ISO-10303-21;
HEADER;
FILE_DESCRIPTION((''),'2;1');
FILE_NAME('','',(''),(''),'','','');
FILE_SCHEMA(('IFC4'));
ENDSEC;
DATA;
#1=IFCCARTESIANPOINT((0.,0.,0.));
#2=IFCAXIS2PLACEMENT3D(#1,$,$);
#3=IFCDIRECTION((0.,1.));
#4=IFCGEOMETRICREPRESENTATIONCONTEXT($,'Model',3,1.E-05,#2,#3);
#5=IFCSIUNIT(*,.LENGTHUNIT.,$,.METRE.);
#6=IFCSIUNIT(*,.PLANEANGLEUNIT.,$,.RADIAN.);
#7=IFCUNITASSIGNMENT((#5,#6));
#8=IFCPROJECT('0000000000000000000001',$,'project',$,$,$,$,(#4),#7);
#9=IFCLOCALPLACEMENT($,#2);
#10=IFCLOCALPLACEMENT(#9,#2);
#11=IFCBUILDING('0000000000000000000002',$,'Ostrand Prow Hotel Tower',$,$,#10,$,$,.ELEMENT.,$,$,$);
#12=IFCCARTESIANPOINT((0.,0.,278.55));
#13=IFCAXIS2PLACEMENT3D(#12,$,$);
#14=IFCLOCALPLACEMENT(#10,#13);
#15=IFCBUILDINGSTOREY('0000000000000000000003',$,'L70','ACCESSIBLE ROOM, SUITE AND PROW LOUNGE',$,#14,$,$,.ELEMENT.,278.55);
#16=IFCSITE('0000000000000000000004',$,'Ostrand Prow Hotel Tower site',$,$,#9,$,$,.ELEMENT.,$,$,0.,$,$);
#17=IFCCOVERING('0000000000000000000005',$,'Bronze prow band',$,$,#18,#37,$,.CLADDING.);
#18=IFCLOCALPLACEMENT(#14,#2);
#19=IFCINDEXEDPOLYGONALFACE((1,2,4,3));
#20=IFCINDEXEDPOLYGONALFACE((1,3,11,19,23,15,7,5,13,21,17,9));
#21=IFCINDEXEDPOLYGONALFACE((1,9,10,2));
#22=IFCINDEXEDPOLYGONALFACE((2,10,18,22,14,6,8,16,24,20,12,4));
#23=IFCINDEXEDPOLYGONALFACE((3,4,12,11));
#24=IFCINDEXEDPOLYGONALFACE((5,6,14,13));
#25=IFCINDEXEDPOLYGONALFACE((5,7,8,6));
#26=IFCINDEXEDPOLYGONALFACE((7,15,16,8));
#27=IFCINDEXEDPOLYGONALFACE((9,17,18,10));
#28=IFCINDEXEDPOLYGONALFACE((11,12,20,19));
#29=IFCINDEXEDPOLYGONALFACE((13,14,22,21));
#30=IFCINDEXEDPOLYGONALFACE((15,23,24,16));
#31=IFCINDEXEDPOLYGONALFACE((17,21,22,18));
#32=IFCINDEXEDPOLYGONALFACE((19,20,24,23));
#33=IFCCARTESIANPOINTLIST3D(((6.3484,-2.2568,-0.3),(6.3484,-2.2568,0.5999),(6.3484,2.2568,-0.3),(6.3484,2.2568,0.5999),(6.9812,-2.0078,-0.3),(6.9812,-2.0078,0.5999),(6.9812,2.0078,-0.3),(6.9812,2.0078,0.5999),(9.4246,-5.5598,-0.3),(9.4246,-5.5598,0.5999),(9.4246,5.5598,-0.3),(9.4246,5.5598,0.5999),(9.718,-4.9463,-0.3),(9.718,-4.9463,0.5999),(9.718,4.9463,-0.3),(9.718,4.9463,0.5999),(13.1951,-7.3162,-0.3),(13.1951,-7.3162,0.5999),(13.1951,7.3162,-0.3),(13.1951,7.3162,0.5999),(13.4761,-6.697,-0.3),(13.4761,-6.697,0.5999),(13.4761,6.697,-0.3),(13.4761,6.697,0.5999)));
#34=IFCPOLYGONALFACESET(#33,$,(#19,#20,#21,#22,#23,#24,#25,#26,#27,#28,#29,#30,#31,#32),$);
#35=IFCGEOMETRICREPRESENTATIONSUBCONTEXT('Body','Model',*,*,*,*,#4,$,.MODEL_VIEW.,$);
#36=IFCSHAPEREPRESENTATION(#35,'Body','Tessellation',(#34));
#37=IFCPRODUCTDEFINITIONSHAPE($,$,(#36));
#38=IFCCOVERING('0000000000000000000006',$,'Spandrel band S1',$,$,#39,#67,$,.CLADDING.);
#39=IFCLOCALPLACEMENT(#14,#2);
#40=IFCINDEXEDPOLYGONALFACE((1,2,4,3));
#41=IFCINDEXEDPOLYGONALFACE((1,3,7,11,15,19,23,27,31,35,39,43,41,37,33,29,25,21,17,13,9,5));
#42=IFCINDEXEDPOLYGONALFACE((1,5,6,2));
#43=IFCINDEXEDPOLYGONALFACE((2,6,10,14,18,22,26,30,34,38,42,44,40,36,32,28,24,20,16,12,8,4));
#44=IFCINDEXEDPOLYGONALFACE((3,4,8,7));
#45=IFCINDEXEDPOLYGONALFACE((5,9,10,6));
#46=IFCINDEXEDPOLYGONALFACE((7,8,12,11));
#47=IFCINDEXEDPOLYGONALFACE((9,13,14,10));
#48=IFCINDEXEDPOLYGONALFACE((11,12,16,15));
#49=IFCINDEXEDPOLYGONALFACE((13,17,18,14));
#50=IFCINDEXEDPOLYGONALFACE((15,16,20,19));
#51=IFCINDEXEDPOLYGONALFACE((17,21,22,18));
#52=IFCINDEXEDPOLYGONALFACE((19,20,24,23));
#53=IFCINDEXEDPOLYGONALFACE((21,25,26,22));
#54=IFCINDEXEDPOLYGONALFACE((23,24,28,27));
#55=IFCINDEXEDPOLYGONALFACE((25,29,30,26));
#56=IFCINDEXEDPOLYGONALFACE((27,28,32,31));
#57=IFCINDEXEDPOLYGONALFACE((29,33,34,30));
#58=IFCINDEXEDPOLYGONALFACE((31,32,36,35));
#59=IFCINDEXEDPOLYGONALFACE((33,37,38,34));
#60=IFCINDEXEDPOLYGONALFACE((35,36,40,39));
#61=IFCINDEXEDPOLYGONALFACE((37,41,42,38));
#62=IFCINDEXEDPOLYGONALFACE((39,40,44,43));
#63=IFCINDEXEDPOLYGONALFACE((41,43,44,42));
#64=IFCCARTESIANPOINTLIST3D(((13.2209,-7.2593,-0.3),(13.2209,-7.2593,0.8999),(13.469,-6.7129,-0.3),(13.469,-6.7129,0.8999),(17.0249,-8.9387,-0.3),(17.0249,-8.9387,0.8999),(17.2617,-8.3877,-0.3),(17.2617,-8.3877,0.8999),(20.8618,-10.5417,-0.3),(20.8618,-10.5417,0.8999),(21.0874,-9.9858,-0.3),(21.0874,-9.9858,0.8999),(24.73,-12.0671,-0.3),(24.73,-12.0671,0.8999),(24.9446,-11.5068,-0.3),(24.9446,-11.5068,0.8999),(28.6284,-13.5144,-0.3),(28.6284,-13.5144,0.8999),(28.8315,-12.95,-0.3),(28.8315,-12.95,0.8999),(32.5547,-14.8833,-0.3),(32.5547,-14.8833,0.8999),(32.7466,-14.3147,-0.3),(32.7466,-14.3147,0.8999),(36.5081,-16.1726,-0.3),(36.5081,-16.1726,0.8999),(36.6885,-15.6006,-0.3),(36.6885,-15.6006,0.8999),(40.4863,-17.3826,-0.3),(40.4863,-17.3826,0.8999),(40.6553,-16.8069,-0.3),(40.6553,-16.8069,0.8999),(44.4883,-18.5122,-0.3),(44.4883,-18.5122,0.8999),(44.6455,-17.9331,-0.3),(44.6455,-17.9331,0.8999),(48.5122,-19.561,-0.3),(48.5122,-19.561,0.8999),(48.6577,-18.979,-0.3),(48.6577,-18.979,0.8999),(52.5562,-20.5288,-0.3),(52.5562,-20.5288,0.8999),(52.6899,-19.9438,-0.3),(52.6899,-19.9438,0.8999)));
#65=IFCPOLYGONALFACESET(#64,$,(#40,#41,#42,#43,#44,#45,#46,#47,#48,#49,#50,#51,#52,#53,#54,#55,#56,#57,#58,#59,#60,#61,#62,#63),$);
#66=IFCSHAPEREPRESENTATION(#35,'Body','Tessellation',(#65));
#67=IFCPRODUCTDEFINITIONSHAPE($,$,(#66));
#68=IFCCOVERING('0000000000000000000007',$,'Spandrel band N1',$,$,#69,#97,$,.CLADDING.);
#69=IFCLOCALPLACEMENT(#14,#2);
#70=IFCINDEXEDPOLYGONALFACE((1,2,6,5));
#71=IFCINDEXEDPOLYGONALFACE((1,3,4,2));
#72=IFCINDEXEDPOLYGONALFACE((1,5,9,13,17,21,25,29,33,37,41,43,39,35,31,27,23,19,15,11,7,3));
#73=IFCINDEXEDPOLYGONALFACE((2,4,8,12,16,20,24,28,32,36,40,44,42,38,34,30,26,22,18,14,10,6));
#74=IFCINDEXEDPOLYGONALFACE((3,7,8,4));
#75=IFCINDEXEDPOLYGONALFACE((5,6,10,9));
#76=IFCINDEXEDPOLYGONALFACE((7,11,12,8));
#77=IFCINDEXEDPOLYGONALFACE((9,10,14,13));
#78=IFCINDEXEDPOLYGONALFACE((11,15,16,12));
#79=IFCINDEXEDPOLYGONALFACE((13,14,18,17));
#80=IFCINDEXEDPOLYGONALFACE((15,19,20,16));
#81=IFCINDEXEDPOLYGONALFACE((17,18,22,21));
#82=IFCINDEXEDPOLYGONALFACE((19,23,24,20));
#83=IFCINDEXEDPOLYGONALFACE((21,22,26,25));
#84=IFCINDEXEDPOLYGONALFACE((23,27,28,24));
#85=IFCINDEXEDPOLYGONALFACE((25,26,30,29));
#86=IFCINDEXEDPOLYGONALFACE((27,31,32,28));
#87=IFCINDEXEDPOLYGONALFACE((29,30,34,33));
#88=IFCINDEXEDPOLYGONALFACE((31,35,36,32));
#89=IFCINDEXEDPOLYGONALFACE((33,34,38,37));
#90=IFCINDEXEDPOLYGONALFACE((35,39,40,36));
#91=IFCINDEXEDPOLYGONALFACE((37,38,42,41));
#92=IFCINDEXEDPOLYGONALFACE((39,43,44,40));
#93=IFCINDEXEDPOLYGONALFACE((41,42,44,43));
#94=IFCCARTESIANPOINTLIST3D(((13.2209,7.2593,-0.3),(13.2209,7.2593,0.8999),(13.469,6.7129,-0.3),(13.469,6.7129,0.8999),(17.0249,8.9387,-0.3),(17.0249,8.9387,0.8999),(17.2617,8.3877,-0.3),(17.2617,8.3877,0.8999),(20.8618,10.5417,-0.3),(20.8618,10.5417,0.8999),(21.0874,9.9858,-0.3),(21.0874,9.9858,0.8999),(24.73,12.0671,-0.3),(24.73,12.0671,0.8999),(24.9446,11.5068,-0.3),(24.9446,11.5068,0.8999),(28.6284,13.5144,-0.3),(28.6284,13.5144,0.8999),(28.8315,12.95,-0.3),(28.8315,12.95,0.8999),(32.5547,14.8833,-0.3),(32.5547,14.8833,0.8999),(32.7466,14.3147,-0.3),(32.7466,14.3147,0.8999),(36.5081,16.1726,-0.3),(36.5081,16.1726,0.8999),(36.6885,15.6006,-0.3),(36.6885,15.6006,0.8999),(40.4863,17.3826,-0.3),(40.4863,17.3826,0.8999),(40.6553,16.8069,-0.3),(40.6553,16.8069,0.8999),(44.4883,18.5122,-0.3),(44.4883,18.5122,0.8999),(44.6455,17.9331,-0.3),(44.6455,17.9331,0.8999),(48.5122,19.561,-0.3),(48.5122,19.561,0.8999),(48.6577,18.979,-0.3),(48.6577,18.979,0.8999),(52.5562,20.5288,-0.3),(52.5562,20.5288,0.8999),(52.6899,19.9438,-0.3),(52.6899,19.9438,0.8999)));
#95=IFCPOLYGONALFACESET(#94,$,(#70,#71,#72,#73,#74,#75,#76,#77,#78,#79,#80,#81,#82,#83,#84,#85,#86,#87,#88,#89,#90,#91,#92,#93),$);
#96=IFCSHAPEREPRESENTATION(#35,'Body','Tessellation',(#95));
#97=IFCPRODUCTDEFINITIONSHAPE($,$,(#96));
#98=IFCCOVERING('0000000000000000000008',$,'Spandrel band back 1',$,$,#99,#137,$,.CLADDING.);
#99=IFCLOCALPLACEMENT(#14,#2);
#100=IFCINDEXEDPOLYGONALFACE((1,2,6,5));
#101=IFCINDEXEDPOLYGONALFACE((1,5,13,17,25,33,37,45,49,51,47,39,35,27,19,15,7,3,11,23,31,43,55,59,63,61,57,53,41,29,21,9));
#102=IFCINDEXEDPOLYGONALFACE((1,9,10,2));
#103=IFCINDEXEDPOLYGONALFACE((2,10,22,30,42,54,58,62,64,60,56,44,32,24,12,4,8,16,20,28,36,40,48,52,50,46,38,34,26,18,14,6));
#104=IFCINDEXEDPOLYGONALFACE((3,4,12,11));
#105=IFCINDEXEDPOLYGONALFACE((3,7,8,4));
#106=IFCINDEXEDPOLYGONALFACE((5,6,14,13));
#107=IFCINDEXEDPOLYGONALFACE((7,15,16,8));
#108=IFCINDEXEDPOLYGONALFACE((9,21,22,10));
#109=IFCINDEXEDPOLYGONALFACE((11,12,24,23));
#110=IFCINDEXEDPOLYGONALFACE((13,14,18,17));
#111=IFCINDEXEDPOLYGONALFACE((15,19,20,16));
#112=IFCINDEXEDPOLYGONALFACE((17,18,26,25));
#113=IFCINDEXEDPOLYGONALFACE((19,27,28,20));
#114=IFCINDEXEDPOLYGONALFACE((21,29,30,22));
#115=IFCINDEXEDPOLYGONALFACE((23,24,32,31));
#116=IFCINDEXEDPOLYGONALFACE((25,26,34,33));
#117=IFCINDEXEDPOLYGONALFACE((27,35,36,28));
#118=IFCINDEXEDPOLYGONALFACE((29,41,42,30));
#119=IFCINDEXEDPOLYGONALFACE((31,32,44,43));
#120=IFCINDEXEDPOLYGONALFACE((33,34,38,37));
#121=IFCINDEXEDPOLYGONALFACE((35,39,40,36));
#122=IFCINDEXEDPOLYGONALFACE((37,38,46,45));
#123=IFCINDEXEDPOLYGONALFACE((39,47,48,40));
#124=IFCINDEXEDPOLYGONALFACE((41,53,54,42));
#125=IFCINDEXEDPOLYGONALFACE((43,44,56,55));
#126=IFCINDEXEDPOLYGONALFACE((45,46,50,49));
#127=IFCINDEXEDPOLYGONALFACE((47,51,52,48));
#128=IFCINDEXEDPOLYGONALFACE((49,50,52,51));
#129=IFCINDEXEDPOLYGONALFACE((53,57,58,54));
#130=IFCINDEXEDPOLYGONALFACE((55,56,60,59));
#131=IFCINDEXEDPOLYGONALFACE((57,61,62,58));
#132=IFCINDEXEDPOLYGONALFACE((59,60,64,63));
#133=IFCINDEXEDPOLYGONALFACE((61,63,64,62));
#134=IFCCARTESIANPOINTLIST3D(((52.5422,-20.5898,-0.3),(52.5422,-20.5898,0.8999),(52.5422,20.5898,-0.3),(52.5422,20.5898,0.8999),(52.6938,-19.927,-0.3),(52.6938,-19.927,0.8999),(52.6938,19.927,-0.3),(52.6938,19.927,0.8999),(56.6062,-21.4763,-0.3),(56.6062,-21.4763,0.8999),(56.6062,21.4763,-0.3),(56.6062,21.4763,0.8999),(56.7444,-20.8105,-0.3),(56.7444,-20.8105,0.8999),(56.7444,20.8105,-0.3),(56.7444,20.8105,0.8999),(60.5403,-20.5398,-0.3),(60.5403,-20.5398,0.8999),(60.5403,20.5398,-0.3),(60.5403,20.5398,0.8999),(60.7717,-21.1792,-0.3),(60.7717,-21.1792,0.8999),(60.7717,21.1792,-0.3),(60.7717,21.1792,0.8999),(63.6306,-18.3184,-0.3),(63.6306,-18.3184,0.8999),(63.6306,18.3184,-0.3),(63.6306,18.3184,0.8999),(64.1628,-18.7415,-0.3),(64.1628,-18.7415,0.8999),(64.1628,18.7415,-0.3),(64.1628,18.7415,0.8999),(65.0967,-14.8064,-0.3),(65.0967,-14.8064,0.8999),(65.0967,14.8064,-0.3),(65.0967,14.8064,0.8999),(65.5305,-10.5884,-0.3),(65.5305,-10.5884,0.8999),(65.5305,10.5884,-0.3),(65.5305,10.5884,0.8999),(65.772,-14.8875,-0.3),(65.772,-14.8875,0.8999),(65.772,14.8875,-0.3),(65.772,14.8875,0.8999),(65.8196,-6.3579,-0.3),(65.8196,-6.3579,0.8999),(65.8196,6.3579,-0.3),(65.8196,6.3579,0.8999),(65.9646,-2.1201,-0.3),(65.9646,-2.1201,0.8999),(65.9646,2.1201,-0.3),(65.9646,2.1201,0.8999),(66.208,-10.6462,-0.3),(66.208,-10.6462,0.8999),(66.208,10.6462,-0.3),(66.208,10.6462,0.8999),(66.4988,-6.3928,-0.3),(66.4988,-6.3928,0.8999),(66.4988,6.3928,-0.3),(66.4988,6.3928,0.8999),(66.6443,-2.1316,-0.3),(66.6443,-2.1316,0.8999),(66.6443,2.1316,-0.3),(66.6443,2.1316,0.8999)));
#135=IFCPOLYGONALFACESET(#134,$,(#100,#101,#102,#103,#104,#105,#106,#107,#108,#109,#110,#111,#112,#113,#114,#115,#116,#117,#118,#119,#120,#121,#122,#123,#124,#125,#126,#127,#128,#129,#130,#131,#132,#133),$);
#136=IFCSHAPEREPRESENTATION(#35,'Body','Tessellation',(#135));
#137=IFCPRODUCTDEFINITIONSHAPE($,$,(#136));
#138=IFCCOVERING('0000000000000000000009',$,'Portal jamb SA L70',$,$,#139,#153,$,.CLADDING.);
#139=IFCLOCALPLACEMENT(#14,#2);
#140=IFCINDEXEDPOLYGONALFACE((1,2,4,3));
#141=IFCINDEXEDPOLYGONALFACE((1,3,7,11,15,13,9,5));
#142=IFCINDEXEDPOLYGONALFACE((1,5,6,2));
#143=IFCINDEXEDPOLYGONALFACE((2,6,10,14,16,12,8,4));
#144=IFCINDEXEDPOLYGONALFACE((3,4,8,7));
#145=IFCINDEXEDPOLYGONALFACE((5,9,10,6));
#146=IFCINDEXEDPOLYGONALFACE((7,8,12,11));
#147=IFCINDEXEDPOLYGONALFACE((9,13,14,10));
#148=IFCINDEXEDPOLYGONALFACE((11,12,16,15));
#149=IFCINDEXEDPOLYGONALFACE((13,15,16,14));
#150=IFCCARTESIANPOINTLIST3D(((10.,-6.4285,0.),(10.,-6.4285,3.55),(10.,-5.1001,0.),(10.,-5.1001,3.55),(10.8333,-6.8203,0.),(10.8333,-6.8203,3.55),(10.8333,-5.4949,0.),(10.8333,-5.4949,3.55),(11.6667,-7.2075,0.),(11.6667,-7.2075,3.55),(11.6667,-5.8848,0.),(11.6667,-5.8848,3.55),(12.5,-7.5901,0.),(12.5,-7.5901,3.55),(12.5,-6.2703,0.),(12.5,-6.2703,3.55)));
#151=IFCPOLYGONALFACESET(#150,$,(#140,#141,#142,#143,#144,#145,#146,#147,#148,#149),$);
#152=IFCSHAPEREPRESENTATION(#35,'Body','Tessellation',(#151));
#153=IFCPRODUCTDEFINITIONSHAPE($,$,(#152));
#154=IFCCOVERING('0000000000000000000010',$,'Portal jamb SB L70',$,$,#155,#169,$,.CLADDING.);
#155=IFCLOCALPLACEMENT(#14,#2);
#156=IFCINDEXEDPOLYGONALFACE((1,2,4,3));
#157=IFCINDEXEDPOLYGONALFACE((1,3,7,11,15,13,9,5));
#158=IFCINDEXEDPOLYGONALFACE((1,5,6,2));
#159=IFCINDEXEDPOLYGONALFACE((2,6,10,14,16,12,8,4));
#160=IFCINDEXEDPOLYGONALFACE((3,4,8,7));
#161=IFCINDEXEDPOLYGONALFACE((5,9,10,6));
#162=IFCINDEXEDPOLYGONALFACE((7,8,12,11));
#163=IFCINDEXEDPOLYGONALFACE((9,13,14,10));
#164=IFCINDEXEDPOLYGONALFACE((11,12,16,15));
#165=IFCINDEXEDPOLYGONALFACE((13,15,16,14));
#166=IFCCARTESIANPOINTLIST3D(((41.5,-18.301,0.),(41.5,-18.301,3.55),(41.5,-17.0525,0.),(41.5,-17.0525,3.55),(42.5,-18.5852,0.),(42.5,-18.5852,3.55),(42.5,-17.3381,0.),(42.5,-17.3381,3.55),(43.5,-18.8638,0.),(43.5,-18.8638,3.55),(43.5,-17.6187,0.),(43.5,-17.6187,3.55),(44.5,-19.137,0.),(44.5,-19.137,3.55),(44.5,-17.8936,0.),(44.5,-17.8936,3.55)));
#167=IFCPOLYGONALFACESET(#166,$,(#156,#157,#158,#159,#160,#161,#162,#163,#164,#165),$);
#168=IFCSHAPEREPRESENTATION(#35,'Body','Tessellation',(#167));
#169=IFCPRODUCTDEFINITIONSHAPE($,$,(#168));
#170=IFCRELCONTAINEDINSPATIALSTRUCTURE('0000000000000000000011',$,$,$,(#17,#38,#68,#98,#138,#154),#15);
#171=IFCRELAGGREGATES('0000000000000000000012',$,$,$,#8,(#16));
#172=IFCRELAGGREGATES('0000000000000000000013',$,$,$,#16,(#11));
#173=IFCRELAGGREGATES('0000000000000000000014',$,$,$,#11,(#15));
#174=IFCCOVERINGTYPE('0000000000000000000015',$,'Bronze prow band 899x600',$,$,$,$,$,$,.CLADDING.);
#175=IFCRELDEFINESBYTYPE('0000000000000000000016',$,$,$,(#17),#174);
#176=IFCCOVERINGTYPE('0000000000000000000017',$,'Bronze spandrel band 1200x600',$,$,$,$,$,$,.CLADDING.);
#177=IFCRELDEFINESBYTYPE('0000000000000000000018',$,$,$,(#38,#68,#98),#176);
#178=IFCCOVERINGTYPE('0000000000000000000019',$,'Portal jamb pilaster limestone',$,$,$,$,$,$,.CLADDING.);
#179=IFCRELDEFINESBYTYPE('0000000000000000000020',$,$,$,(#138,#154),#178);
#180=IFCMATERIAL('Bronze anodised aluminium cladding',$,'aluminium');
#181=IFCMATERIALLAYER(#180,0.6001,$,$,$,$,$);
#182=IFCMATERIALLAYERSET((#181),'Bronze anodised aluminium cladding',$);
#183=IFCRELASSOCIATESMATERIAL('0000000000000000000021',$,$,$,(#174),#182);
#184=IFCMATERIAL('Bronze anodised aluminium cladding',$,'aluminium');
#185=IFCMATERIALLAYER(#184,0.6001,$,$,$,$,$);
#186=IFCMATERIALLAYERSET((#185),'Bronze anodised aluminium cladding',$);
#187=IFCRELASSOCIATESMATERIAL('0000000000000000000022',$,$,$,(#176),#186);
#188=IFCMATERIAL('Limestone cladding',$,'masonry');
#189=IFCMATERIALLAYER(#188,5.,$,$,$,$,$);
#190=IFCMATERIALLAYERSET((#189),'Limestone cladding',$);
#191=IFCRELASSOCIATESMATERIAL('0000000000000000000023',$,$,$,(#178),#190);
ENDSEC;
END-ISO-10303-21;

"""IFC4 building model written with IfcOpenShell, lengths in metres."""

from ifc_helpers import new_model, si_unit, direction, frame, origin, place, context, subcontext, project, spatial, polyline, outline, extrude, material, layer, layer_set, type_object, element, save


model = new_model("IFC4")

# Units and contexts
model_context = context("Model", 3, precision=1e-05, world=origin(), true_north=direction((0.0, 1.0)))
body_context = subcontext(model_context, "Body", "Model", "MODEL_VIEW")
ifc_project = project(units=[si_unit("LENGTHUNIT", "METRE"), si_unit("PLANEANGLEUNIT", "RADIAN")], contexts=[model_context])

# Site, building, storey
site_placement = place(None, origin())
site = spatial("IfcSite", under=ifc_project, at=site_placement, Name="Ostrand Prow Hotel Tower site", CompositionType="ELEMENT", RefElevation=0.0)
building_placement = place(site_placement, origin())
building = spatial("IfcBuilding", under=site, at=building_placement, Name="Ostrand Prow Hotel Tower", CompositionType="ELEMENT")
storey_placement = place(building_placement, frame((0.0, 0.0, 278.55)))
storey = spatial("IfcBuildingStorey", under=building, at=storey_placement, Name="L70", Description="ACCESSIBLE ROOM, SUITE AND PROW LOUNGE", CompositionType="ELEMENT", Elevation=278.55)

# Coverings
ifc_material_1 = material(Name="Bronze anodised aluminium cladding", Category="aluminium")
ifc_layer_1 = layer(ifc_material_1, 0.6001)
ifc_layer_set_1 = layer_set([ifc_layer_1], Name="Bronze anodised aluminium cladding")
covering_type_1 = type_object("IfcCoveringType", Name="Bronze prow band 899x600", PredefinedType="CLADDING", material=ifc_layer_set_1)
covering_1_placement = place(storey_placement, frame((0.0, 0.0, -0.3)))
element("IfcCovering", 1, at=covering_1_placement, inside=storey, type_object=covering_type_1, Name="Bronze prow band", PredefinedType="CLADDING", context=body_context, shape_type="SweptSolid", body=[
    extrude(outline(polyline([(13.1951, 7.3162), (9.4246, 5.5598), (6.3484, 2.2568), (6.3484, -2.2568), (9.4246, -5.5598), (13.1951, -7.3162), (13.4761, -6.697), (9.718, -4.9463), (6.9812, -2.0078), (6.9812, 2.0078), (9.718, 4.9463), (13.4761, 6.697), (13.1951, 7.3162)])), origin(), (0.0, 0.0, 1.0), 0.8999),
])
ifc_material_2 = material(Name="Bronze anodised aluminium cladding", Category="aluminium")
ifc_layer_2 = layer(ifc_material_2, 0.6001)
ifc_layer_set_2 = layer_set([ifc_layer_2], Name="Bronze anodised aluminium cladding")
covering_type_2 = type_object("IfcCoveringType", Name="Bronze spandrel band 1200x600", PredefinedType="CLADDING", material=ifc_layer_set_2)
covering_2_placement = place(storey_placement, frame((0.0, 0.0, -0.3)))
element("IfcCovering", 2, at=covering_2_placement, inside=storey, type_object=covering_type_2, Name="Spandrel band S1", PredefinedType="CLADDING", context=body_context, shape_type="SweptSolid", body=[
    extrude(outline(polyline([(13.2209, -7.2593), (17.0249, -8.9387), (20.8618, -10.5417), (24.73, -12.0671), (28.6284, -13.5144), (32.5547, -14.8833), (36.5081, -16.1726), (40.4863, -17.3826), (44.4883, -18.5122), (48.5122, -19.561), (52.5562, -20.5288), (52.6899, -19.9438), (48.6577, -18.979), (44.6455, -17.9331), (40.6553, -16.8069), (36.6885, -15.6006), (32.7466, -14.3147), (28.8315, -12.95), (24.9446, -11.5068), (21.0874, -9.9858), (17.2617, -8.3877), (13.469, -6.7129), (13.2209, -7.2593)])), origin(), (0.0, 0.0, 1.0), 1.2),
])
covering_3_placement = place(storey_placement, frame((0.0, 0.0, -0.3)))
element("IfcCovering", 3, at=covering_3_placement, inside=storey, type_object=covering_type_2, Name="Spandrel band N1", PredefinedType="CLADDING", context=body_context, shape_type="SweptSolid", body=[
    extrude(outline(polyline([(52.5562, 20.5288), (48.5122, 19.561), (44.4883, 18.5122), (40.4863, 17.3826), (36.5081, 16.1726), (32.5547, 14.8833), (28.6284, 13.5144), (24.73, 12.0671), (20.8618, 10.5417), (17.0249, 8.9387), (13.2209, 7.2593), (13.469, 6.7129), (17.2617, 8.3877), (21.0874, 9.9858), (24.9446, 11.5068), (28.8315, 12.95), (32.7466, 14.3147), (36.6885, 15.6006), (40.6553, 16.8069), (44.6455, 17.9331), (48.6577, 18.979), (52.6899, 19.9438), (52.5562, 20.5288)])), origin(), (0.0, 0.0, 1.0), 1.2),
])
covering_4_placement = place(storey_placement, frame((0.0, 0.0, -0.3)))
element("IfcCovering", 4, at=covering_4_placement, inside=storey, type_object=covering_type_2, Name="Spandrel band back 1", PredefinedType="CLADDING", context=body_context, shape_type="SweptSolid", body=[
    extrude(outline(polyline([(52.5422, -20.5898), (56.6062, -21.4763), (60.7717, -21.1792), (64.1628, -18.7415), (65.772, -14.8875), (66.208, -10.6462), (66.4988, -6.3928), (66.6443, -2.1316), (66.6443, 2.1316), (66.4988, 6.3928), (66.208, 10.6462), (65.772, 14.8875), (64.1628, 18.7415), (60.7717, 21.1792), (56.6062, 21.4763), (52.5422, 20.5898), (52.6938, 19.927), (56.7444, 20.8105), (60.5403, 20.5398), (63.6306, 18.3184), (65.0967, 14.8064), (65.5305, 10.5884), (65.8196, 6.3579), (65.9646, 2.1201), (65.9646, -2.1201), (65.8196, -6.3579), (65.5305, -10.5884), (65.0967, -14.8064), (63.6306, -18.3184), (60.5403, -20.5398), (56.7444, -20.8105), (52.6938, -19.927), (52.5422, -20.5898)])), origin(), (0.0, 0.0, 1.0), 1.2),
])
ifc_material_3 = material(Name="Limestone cladding", Category="masonry")
ifc_layer_3 = layer(ifc_material_3, 5.0)
ifc_layer_set_3 = layer_set([ifc_layer_3], Name="Limestone cladding")
covering_type_3 = type_object("IfcCoveringType", Name="Portal jamb pilaster limestone", PredefinedType="CLADDING", material=ifc_layer_set_3)
covering_5_placement = place(storey_placement, origin())
element("IfcCovering", 5, at=covering_5_placement, inside=storey, type_object=covering_type_3, Name="Portal jamb SA L70", PredefinedType="CLADDING", context=body_context, shape_type="SweptSolid", body=[
    extrude(outline(polyline([(10.0, -5.1001), (10.0, -6.4285), (10.8333, -6.8203), (11.6667, -7.2075), (12.5, -7.5901), (12.5, -6.2703), (11.6667, -5.8848), (10.8333, -5.4949), (10.0, -5.1001)])), origin(), (0.0, 0.0, 1.0), 3.55),
])
covering_6_placement = place(storey_placement, origin())
element("IfcCovering", 6, at=covering_6_placement, inside=storey, type_object=covering_type_3, Name="Portal jamb SB L70", PredefinedType="CLADDING", context=body_context, shape_type="SweptSolid", body=[
    extrude(outline(polyline([(41.5, -17.0525), (41.5, -18.301), (42.5, -18.5852), (43.5, -18.8638), (44.5, -19.137), (44.5, -17.8936), (43.5, -17.6187), (42.5, -17.3381), (41.5, -17.0525)])), origin(), (0.0, 0.0, 1.0), 3.55),
])

save(model, "model.ifc")
